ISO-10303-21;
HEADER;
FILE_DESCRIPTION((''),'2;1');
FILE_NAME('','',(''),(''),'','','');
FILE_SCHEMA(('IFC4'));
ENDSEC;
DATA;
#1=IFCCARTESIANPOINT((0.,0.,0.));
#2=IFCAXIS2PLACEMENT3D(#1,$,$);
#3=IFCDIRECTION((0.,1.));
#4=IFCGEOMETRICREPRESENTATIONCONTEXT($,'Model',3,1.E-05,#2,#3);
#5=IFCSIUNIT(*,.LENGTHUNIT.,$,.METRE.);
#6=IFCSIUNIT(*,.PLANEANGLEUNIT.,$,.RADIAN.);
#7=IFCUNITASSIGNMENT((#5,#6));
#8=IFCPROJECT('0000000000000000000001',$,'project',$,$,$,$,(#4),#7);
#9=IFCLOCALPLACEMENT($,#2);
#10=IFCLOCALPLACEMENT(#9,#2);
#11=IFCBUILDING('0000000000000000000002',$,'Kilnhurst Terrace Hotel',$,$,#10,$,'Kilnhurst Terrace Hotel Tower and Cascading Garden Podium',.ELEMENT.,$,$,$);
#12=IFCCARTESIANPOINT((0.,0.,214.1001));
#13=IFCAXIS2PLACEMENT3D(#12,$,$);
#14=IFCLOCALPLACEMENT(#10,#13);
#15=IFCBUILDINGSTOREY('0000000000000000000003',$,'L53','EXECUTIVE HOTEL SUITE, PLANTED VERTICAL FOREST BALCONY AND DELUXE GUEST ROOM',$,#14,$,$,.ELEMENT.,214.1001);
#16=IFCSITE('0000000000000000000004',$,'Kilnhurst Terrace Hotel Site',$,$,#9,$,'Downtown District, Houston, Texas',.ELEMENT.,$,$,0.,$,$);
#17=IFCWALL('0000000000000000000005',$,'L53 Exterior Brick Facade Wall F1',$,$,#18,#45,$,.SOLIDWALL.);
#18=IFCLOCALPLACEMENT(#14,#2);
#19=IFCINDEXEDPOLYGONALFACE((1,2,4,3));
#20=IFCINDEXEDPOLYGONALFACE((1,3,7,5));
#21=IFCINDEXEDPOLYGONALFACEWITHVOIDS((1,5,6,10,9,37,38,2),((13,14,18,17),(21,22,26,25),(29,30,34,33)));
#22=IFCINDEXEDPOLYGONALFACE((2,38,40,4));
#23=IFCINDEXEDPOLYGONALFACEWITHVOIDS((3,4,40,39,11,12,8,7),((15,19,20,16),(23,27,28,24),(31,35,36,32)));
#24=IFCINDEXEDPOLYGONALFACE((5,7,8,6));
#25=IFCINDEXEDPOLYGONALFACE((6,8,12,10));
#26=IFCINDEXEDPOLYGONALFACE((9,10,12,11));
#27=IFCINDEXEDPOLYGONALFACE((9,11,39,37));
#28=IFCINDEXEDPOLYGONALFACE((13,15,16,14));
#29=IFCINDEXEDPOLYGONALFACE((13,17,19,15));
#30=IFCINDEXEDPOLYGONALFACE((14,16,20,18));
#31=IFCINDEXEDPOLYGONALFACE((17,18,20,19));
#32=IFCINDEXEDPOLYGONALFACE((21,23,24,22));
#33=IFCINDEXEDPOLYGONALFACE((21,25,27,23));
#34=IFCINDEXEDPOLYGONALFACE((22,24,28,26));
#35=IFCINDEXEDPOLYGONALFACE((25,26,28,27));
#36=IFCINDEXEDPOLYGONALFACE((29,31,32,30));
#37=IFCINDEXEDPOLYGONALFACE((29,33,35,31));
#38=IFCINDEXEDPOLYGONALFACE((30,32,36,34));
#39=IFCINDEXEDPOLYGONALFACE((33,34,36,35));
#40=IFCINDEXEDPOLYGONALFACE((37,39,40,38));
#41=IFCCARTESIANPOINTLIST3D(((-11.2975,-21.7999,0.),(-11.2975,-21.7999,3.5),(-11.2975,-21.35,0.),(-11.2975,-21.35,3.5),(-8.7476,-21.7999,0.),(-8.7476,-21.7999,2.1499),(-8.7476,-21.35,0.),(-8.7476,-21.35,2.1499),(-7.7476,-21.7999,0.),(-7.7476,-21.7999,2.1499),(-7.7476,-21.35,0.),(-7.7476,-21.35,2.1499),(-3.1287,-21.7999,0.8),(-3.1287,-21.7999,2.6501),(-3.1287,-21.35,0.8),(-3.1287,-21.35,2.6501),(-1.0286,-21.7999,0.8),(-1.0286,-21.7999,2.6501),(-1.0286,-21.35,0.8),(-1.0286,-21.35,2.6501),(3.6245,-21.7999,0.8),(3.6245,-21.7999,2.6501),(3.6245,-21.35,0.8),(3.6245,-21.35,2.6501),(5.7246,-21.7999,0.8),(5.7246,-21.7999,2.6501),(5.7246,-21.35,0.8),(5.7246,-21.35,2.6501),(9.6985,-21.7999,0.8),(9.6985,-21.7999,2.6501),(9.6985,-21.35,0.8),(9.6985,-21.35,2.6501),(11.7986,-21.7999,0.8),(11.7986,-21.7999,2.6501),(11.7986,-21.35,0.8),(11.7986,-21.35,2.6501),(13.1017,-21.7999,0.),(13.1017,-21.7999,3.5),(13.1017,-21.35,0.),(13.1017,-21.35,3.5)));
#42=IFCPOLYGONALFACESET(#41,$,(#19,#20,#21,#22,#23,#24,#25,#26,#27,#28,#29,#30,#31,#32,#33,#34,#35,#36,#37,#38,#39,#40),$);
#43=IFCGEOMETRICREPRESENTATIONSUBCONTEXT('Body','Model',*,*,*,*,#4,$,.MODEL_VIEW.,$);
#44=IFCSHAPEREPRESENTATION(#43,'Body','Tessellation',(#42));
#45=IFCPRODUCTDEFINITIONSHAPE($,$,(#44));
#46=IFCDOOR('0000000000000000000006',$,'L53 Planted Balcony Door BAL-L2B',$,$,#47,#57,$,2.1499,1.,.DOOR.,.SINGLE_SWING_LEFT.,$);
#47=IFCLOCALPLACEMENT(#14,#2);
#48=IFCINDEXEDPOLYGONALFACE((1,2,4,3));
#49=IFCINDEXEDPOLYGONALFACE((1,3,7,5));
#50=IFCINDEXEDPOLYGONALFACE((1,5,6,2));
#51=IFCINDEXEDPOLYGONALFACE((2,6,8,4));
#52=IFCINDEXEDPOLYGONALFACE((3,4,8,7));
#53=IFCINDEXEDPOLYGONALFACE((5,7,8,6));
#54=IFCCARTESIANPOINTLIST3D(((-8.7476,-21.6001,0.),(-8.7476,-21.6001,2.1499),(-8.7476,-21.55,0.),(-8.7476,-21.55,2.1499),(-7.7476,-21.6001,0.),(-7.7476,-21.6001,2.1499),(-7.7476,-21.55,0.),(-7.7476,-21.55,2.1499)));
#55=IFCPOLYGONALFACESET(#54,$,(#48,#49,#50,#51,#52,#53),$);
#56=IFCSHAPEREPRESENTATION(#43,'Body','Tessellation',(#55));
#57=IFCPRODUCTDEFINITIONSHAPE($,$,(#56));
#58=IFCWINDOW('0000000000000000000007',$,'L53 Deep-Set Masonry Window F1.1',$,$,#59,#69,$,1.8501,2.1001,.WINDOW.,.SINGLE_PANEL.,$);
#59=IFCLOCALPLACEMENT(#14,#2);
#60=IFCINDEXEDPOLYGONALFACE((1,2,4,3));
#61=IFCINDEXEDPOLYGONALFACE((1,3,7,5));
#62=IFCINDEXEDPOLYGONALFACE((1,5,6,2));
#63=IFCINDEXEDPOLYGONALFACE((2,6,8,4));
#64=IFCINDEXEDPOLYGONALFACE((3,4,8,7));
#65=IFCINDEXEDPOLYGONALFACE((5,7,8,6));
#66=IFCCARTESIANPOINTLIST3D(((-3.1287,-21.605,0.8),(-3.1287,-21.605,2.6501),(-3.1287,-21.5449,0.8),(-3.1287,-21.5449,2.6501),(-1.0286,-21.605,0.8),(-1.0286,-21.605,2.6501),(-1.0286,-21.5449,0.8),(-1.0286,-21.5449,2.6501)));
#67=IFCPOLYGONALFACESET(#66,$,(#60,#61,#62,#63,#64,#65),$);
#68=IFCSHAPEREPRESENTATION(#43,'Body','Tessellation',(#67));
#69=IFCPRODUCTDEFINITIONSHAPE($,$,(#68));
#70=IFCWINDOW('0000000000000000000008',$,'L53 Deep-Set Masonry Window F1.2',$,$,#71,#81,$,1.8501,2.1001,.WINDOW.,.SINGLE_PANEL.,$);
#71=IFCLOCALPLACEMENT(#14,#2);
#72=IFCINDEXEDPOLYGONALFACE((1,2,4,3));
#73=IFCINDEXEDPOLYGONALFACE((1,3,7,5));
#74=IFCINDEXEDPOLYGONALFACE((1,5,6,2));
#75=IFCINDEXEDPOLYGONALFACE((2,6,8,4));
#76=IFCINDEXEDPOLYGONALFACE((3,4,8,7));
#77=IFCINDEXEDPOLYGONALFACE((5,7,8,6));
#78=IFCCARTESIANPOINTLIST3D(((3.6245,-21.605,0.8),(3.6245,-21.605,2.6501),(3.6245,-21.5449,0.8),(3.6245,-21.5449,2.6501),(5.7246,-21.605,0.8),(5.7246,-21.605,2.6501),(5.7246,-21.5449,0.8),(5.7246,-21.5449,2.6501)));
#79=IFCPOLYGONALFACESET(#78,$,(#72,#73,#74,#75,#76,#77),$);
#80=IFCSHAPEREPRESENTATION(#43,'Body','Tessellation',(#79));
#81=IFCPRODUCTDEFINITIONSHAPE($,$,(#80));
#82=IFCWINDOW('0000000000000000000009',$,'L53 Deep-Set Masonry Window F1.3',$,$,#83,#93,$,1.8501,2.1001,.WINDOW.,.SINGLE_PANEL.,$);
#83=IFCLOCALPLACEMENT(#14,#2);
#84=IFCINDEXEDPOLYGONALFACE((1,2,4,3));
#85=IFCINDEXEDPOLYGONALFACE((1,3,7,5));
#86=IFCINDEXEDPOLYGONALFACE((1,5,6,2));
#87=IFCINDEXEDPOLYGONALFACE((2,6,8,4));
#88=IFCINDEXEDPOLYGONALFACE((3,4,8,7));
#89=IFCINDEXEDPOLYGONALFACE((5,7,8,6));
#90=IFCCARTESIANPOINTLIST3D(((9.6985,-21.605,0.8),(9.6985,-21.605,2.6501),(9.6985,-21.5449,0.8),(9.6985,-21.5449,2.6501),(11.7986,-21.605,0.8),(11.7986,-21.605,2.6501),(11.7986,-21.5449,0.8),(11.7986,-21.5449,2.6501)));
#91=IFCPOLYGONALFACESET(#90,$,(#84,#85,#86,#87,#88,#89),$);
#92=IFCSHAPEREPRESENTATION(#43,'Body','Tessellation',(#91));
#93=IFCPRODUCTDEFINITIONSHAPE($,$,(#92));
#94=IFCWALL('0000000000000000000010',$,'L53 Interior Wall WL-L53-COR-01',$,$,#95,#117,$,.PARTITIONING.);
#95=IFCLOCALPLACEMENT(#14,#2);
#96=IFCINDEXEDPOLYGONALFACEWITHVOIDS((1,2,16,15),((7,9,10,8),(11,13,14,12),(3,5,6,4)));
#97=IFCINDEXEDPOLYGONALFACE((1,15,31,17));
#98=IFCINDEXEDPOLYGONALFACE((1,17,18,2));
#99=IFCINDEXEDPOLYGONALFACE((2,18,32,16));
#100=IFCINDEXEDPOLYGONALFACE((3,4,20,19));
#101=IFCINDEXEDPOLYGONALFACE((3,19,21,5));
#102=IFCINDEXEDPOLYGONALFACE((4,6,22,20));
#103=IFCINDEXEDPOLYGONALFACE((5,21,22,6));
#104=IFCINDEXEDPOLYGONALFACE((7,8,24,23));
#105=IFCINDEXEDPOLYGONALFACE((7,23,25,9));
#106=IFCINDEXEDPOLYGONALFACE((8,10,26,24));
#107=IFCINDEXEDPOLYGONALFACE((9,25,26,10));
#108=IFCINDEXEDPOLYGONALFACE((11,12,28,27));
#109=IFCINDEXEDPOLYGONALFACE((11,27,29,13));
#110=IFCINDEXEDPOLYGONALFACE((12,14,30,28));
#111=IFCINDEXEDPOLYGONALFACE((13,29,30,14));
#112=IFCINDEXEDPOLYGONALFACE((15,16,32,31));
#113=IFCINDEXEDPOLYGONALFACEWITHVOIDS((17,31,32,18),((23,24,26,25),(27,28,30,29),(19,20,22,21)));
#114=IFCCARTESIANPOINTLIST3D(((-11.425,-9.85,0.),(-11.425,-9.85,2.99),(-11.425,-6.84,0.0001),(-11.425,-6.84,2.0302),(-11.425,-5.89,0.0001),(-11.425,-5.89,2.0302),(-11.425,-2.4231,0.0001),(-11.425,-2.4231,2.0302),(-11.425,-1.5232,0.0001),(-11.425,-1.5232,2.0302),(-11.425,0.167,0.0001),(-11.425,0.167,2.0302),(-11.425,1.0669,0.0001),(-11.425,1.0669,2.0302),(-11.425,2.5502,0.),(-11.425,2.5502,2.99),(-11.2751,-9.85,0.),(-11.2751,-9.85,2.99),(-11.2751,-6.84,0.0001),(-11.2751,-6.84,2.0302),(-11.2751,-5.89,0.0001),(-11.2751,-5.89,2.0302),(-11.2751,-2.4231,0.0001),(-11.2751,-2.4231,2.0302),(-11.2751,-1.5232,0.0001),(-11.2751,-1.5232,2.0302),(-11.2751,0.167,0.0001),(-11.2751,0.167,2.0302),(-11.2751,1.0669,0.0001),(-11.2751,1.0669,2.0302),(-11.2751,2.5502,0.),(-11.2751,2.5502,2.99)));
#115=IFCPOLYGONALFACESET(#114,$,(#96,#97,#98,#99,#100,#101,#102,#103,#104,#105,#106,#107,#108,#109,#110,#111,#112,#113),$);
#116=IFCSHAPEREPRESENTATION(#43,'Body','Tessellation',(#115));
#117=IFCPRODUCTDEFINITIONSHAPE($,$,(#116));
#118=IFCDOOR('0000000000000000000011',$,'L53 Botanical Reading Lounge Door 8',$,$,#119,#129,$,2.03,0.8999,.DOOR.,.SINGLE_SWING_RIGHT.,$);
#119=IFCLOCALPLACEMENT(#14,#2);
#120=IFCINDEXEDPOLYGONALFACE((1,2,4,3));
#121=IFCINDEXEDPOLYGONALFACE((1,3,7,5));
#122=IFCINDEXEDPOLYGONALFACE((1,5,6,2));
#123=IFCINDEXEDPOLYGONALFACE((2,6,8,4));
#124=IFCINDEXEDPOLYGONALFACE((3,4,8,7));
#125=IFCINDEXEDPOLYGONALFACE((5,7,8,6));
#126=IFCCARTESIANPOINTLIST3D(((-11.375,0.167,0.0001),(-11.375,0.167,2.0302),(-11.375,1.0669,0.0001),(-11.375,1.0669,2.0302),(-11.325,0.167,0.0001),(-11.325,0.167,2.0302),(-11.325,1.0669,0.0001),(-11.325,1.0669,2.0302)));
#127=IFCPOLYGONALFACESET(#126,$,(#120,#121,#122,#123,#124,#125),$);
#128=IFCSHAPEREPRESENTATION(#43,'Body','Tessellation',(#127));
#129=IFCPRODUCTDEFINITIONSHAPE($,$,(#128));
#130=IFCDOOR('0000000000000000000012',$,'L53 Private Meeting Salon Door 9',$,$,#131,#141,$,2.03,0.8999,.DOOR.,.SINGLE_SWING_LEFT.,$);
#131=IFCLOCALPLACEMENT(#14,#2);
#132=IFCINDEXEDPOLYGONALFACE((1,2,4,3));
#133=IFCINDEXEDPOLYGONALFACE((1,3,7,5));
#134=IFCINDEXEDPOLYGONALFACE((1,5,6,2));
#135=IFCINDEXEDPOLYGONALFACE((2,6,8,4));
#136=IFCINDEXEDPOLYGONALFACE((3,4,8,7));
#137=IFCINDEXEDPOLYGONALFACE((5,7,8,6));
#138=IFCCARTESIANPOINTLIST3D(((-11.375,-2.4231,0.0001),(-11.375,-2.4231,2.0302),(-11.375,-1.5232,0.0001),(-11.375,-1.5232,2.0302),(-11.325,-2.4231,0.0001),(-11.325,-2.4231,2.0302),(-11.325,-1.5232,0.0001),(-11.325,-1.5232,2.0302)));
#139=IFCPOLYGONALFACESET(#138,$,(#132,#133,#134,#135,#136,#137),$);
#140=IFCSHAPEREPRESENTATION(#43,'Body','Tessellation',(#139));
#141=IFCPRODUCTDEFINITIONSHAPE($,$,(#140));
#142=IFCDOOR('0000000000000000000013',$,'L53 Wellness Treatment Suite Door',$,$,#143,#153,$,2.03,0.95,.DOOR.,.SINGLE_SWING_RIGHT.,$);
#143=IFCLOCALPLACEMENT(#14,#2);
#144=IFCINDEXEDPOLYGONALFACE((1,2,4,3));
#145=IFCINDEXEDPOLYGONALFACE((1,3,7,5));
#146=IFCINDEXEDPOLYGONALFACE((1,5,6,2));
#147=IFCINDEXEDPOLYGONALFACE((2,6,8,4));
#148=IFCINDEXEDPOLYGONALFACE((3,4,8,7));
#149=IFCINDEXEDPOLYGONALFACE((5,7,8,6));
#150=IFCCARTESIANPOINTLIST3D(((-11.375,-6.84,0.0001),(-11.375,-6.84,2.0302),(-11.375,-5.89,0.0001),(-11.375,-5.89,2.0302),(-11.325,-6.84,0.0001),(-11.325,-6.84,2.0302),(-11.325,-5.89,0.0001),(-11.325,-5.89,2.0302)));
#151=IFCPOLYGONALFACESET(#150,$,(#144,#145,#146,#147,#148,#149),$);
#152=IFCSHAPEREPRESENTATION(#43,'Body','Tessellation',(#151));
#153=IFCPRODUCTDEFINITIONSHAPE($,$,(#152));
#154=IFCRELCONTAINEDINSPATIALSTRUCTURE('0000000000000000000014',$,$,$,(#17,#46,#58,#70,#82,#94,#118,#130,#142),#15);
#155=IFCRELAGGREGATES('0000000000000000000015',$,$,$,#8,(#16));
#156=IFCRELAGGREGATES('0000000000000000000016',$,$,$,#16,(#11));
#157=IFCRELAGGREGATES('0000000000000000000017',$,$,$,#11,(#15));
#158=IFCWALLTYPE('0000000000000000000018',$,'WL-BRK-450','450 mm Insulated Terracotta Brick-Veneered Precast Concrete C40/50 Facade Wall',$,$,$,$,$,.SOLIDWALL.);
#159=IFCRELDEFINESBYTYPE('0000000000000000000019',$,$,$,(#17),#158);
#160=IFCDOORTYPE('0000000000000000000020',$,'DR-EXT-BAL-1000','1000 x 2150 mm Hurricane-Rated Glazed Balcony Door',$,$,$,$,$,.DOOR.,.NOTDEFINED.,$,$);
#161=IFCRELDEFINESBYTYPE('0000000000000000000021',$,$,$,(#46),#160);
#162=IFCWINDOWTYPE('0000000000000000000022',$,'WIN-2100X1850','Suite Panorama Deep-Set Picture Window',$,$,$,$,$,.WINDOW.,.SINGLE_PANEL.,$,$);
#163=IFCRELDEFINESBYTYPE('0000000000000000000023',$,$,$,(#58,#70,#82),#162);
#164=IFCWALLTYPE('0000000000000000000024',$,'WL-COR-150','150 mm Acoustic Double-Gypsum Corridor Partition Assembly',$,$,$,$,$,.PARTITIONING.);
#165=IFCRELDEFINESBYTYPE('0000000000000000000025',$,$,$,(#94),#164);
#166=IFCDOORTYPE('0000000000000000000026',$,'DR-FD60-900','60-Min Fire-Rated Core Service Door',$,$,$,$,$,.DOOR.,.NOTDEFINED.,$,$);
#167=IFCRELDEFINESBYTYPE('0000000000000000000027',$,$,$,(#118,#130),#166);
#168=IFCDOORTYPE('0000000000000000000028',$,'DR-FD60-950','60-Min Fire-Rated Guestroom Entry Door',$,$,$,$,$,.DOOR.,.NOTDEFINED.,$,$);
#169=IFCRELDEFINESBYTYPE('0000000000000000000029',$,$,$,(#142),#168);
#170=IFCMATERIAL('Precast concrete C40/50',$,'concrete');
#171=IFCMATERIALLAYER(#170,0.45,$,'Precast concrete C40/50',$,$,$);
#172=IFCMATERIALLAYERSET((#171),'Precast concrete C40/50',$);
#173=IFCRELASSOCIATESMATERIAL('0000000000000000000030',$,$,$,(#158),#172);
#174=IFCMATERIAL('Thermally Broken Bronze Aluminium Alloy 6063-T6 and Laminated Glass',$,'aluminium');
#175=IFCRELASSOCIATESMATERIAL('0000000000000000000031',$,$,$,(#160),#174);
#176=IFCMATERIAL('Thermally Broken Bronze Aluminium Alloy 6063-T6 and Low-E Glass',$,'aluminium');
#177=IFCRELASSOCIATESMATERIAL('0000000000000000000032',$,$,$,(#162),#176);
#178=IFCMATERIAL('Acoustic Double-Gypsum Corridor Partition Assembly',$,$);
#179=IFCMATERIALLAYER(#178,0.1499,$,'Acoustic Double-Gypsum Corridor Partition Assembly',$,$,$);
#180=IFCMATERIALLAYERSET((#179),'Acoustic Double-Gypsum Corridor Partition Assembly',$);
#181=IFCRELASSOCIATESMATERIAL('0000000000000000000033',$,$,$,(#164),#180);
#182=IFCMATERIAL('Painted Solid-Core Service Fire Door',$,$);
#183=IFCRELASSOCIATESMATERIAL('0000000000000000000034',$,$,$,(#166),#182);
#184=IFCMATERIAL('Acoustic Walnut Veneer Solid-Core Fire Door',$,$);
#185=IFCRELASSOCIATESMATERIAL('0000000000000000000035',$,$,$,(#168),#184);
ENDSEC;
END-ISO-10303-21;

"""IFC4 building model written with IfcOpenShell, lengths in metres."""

from ifc_helpers import new_model, si_unit, direction, frame, frame_2d, origin, place, context, subcontext, project, spatial, rectangle, extrude, material, layer, layer_set, type_object, element, fill, save


model = new_model("IFC4")

# Units and contexts
model_context = context("Model", 3, precision=1e-05, world=origin(), true_north=direction((0.0, 1.0)))
body_context = subcontext(model_context, "Body", "Model", "MODEL_VIEW")
ifc_project = project(units=[si_unit("LENGTHUNIT", "METRE"), si_unit("PLANEANGLEUNIT", "RADIAN")], contexts=[model_context])

# Site, building, storey
site_placement = place(None, origin())
site = spatial("IfcSite", under=ifc_project, at=site_placement, Name="Kilnhurst Terrace Hotel Site", LongName="Downtown District, Houston, Texas", CompositionType="ELEMENT", RefElevation=0.0)
building_placement = place(site_placement, origin())
building = spatial("IfcBuilding", under=site, at=building_placement, Name="Kilnhurst Terrace Hotel", LongName="Kilnhurst Terrace Hotel Tower and Cascading Garden Podium", CompositionType="ELEMENT")
storey_placement = place(building_placement, frame((0.0, 0.0, 214.1001)))
storey = spatial("IfcBuildingStorey", under=building, at=storey_placement, Name="L53", Description="EXECUTIVE HOTEL SUITE, PLANTED VERTICAL FOREST BALCONY AND DELUXE GUEST ROOM", CompositionType="ELEMENT", Elevation=214.1001)

# Shared definitions
ifc_material_1 = material(Name="Precast concrete C40/50", Category="concrete")
ifc_layer_1 = layer(ifc_material_1, 0.45, Name="Precast concrete C40/50")
ifc_layer_set_1 = layer_set([ifc_layer_1], Name="Precast concrete C40/50")
wall_type_1 = type_object("IfcWallType", Name="WL-BRK-450", Description="450 mm Insulated Terracotta Brick-Veneered Precast Concrete C40/50 Facade Wall", PredefinedType="SOLIDWALL", material=ifc_layer_set_1)

# Wall, openings, door, windows
wall_1_placement = place(storey_placement, frame((-11.2976, -21.575, 0.0), z_axis=(0.0, 0.0, 1.0), x_axis=(1.0, 0.0, 0.0)))
wall_1 = element("IfcWall", 1, at=wall_1_placement, inside=storey, type_object=wall_type_1, Name="L53 Exterior Brick Facade Wall F1", PredefinedType="SOLIDWALL", context=body_context, shape_type="SweptSolid", body=[
    extrude(rectangle(XDim=24.3992, YDim=0.45, at=frame_2d((12.1997, 0.0))), origin(), (0.0, 0.0, 1.0), 3.5),
])
opening_1_placement = place(wall_1_placement, frame((2.55, 0.0, 0.0)))
opening_1 = element("IfcOpeningElement", 2, at=opening_1_placement, cuts=wall_1, PredefinedType="OPENING", context=body_context, shape_type="SweptSolid", body=[
    extrude(rectangle(XDim=1.0, YDim=2.1499, at=frame_2d((0.5, 1.075))), frame((0.0, 0.2349, 0.0), z_axis=(0.0, -1.0, 0.0), x_axis=(1.0, 0.0, 0.0)), (0.0, 0.0, 1.0), 0.47),
])
opening_2_placement = place(wall_1_placement, frame((8.1689, 0.0, 0.8)))
opening_2 = element("IfcOpeningElement", 3, at=opening_2_placement, cuts=wall_1, PredefinedType="OPENING", context=body_context, shape_type="SweptSolid", body=[
    extrude(rectangle(XDim=2.1001, YDim=1.8501, at=frame_2d((1.05, 0.925))), frame((0.0, 0.2349, 0.0), z_axis=(0.0, -1.0, 0.0), x_axis=(1.0, 0.0, 0.0)), (0.0, 0.0, 1.0), 0.47),
])
opening_3_placement = place(wall_1_placement, frame((14.9221, 0.0, 0.8)))
opening_3 = element("IfcOpeningElement", 4, at=opening_3_placement, cuts=wall_1, PredefinedType="OPENING", context=body_context, shape_type="SweptSolid", body=[
    extrude(rectangle(XDim=2.1001, YDim=1.8501, at=frame_2d((1.05, 0.925))), frame((0.0, 0.2349, 0.0), z_axis=(0.0, -1.0, 0.0), x_axis=(1.0, 0.0, 0.0)), (0.0, 0.0, 1.0), 0.47),
])
opening_4_placement = place(wall_1_placement, frame((20.9961, 0.0, 0.8)))
opening_4 = element("IfcOpeningElement", 5, at=opening_4_placement, cuts=wall_1, PredefinedType="OPENING", context=body_context, shape_type="SweptSolid", body=[
    extrude(rectangle(XDim=2.1001, YDim=1.8501, at=frame_2d((1.05, 0.925))), frame((0.0, 0.2349, 0.0), z_axis=(0.0, -1.0, 0.0), x_axis=(1.0, 0.0, 0.0)), (0.0, 0.0, 1.0), 0.47),
])
ifc_material_2 = material(Name="Thermally Broken Bronze Aluminium Alloy 6063-T6 and Laminated Glass", Category="aluminium")
door_type_1 = type_object("IfcDoorType", Name="DR-EXT-BAL-1000", Description="1000 x 2150 mm Hurricane-Rated Glazed Balcony Door", OperationType="NOTDEFINED", PredefinedType="DOOR", material=ifc_material_2)
door_1_placement = place(opening_1_placement, origin())
door_1 = element("IfcDoor", 6, at=door_1_placement, inside=storey, type_object=door_type_1, Name="L53 Planted Balcony Door BAL-L2B", OperationType="SINGLE_SWING_LEFT", OverallHeight=2.1499, OverallWidth=1.0, PredefinedType="DOOR", context=body_context, shape_type="SweptSolid", body=[
    extrude(rectangle(XDim=1.0, YDim=2.1499, at=frame_2d((0.5, 1.075))), frame((0.0, 0.0249, 0.0), z_axis=(0.0, -1.0, 0.0), x_axis=(1.0, 0.0, 0.0)), (0.0, 0.0, 1.0), 0.05),
])
fill(opening_1, door_1)
ifc_material_3 = material(Name="Thermally Broken Bronze Aluminium Alloy 6063-T6 and Low-E Glass", Category="aluminium")
window_type = type_object("IfcWindowType", Name="WIN-2100X1850", Description="Suite Panorama Deep-Set Picture Window", PartitioningType="SINGLE_PANEL", PredefinedType="WINDOW", material=ifc_material_3)
window_1_placement = place(opening_2_placement, origin())
window_1 = element("IfcWindow", 7, at=window_1_placement, inside=storey, type_object=window_type, Name="L53 Deep-Set Masonry Window F1.1", OverallHeight=1.8501, OverallWidth=2.1001, PartitioningType="SINGLE_PANEL", PredefinedType="WINDOW", context=body_context, shape_type="SweptSolid", body=[
    extrude(rectangle(XDim=2.1001, YDim=1.8501, at=frame_2d((1.05, 0.925))), frame((0.0, 0.03, 0.0), z_axis=(0.0, -1.0, 0.0), x_axis=(1.0, 0.0, 0.0)), (0.0, 0.0, 1.0), 0.0601),
])
fill(opening_2, window_1)
window_2_placement = place(opening_3_placement, origin())
window_2 = element("IfcWindow", 8, at=window_2_placement, inside=storey, type_object=window_type, Name="L53 Deep-Set Masonry Window F1.2", OverallHeight=1.8501, OverallWidth=2.1001, PartitioningType="SINGLE_PANEL", PredefinedType="WINDOW", context=body_context, shape_type="SweptSolid", body=[
    extrude(rectangle(XDim=2.1001, YDim=1.8501, at=frame_2d((1.05, 0.925))), frame((0.0, 0.03, 0.0), z_axis=(0.0, -1.0, 0.0), x_axis=(1.0, 0.0, 0.0)), (0.0, 0.0, 1.0), 0.0601),
])
fill(opening_3, window_2)
window_3_placement = place(opening_4_placement, origin())
window_3 = element("IfcWindow", 9, at=window_3_placement, inside=storey, type_object=window_type, Name="L53 Deep-Set Masonry Window F1.3", OverallHeight=1.8501, OverallWidth=2.1001, PartitioningType="SINGLE_PANEL", PredefinedType="WINDOW", context=body_context, shape_type="SweptSolid", body=[
    extrude(rectangle(XDim=2.1001, YDim=1.8501, at=frame_2d((1.05, 0.925))), frame((0.0, 0.03, 0.0), z_axis=(0.0, -1.0, 0.0), x_axis=(1.0, 0.0, 0.0)), (0.0, 0.0, 1.0), 0.0601),
])
fill(opening_4, window_3)

# Wall, openings, doors
ifc_material_4 = material(Name="Acoustic Double-Gypsum Corridor Partition Assembly")
ifc_layer_2 = layer(ifc_material_4, 0.1499, Name="Acoustic Double-Gypsum Corridor Partition Assembly")
ifc_layer_set_2 = layer_set([ifc_layer_2], Name="Acoustic Double-Gypsum Corridor Partition Assembly")
wall_type_2 = type_object("IfcWallType", Name="WL-COR-150", Description="150 mm Acoustic Double-Gypsum Corridor Partition Assembly", PredefinedType="PARTITIONING", material=ifc_layer_set_2)
wall_2_placement = place(storey_placement, frame((-11.3501, -9.8501, 0.0), z_axis=(0.0, 0.0, 1.0), x_axis=(0.0, 1.0, 0.0)))
wall_2 = element("IfcWall", 10, at=wall_2_placement, inside=storey, type_object=wall_type_2, Name="L53 Interior Wall WL-L53-COR-01", PredefinedType="PARTITIONING", context=body_context, shape_type="SweptSolid", body=[
    extrude(rectangle(XDim=12.4001, YDim=0.1499, at=frame_2d((6.2002, 0.0))), origin(), (0.0, 0.0, 1.0), 2.99),
])
opening_5_placement = place(wall_2_placement, frame((10.0171, 0.0, 0.0)))
opening_5 = element("IfcOpeningElement", 11, at=opening_5_placement, cuts=wall_2, PredefinedType="OPENING", context=body_context, shape_type="SweptSolid", body=[
    extrude(rectangle(XDim=0.8999, YDim=2.03, at=frame_2d((0.45, 1.0151))), frame((0.0, 0.085, 0.0), z_axis=(0.0, -1.0, 0.0), x_axis=(1.0, 0.0, 0.0)), (0.0, 0.0, 1.0), 0.1699),
])
opening_6_placement = place(wall_2_placement, frame((7.427, 0.0, 0.0)))
opening_6 = element("IfcOpeningElement", 12, at=opening_6_placement, cuts=wall_2, PredefinedType="OPENING", context=body_context, shape_type="SweptSolid", body=[
    extrude(rectangle(XDim=0.8999, YDim=2.03, at=frame_2d((0.45, 1.0151))), frame((0.0, 0.085, 0.0), z_axis=(0.0, -1.0, 0.0), x_axis=(1.0, 0.0, 0.0)), (0.0, 0.0, 1.0), 0.1699),
])
opening_7_placement = place(wall_2_placement, frame((3.01, 0.0, 0.0)))
opening_7 = element("IfcOpeningElement", 13, at=opening_7_placement, cuts=wall_2, PredefinedType="OPENING", context=body_context, shape_type="SweptSolid", body=[
    extrude(rectangle(XDim=0.95, YDim=2.03, at=frame_2d((0.4751, 1.0151))), frame((0.0, 0.085, 0.0), z_axis=(0.0, -1.0, 0.0), x_axis=(1.0, 0.0, 0.0)), (0.0, 0.0, 1.0), 0.1699),
])
ifc_material_5 = material(Name="Painted Solid-Core Service Fire Door")
door_type_2 = type_object("IfcDoorType", Name="DR-FD60-900", Description="60-Min Fire-Rated Core Service Door", OperationType="NOTDEFINED", PredefinedType="DOOR", material=ifc_material_5)
door_2_placement = place(opening_5_placement, origin())
door_2 = element("IfcDoor", 14, at=door_2_placement, inside=storey, type_object=door_type_2, Name="L53 Botanical Reading Lounge Door 8", OperationType="SINGLE_SWING_RIGHT", OverallHeight=2.03, OverallWidth=0.8999, PredefinedType="DOOR", context=body_context, shape_type="SweptSolid", body=[
    extrude(rectangle(XDim=0.8999, YDim=2.03, at=frame_2d((0.45, 1.0151))), frame((0.0, 0.0249, 0.0), z_axis=(0.0, -1.0, 0.0), x_axis=(1.0, 0.0, 0.0)), (0.0, 0.0, 1.0), 0.05),
])
fill(opening_5, door_2)
door_3_placement = place(opening_6_placement, origin())
door_3 = element("IfcDoor", 15, at=door_3_placement, inside=storey, type_object=door_type_2, Name="L53 Private Meeting Salon Door 9", OperationType="SINGLE_SWING_LEFT", OverallHeight=2.03, OverallWidth=0.8999, PredefinedType="DOOR", context=body_context, shape_type="SweptSolid", body=[
    extrude(rectangle(XDim=0.8999, YDim=2.03, at=frame_2d((0.45, 1.0151))), frame((0.0, 0.0249, 0.0), z_axis=(0.0, -1.0, 0.0), x_axis=(1.0, 0.0, 0.0)), (0.0, 0.0, 1.0), 0.05),
])
fill(opening_6, door_3)
ifc_material_6 = material(Name="Acoustic Walnut Veneer Solid-Core Fire Door")
door_type_3 = type_object("IfcDoorType", Name="DR-FD60-950", Description="60-Min Fire-Rated Guestroom Entry Door", OperationType="NOTDEFINED", PredefinedType="DOOR", material=ifc_material_6)
door_4_placement = place(opening_7_placement, origin())
door_4 = element("IfcDoor", 16, at=door_4_placement, inside=storey, type_object=door_type_3, Name="L53 Wellness Treatment Suite Door", OperationType="SINGLE_SWING_RIGHT", OverallHeight=2.03, OverallWidth=0.95, PredefinedType="DOOR", context=body_context, shape_type="SweptSolid", body=[
    extrude(rectangle(XDim=0.95, YDim=2.03, at=frame_2d((0.4751, 1.0151))), frame((0.0, 0.0249, 0.0), z_axis=(0.0, -1.0, 0.0), x_axis=(1.0, 0.0, 0.0)), (0.0, 0.0, 1.0), 0.05),
])
fill(opening_7, door_4)

save(model, "model.ifc")
